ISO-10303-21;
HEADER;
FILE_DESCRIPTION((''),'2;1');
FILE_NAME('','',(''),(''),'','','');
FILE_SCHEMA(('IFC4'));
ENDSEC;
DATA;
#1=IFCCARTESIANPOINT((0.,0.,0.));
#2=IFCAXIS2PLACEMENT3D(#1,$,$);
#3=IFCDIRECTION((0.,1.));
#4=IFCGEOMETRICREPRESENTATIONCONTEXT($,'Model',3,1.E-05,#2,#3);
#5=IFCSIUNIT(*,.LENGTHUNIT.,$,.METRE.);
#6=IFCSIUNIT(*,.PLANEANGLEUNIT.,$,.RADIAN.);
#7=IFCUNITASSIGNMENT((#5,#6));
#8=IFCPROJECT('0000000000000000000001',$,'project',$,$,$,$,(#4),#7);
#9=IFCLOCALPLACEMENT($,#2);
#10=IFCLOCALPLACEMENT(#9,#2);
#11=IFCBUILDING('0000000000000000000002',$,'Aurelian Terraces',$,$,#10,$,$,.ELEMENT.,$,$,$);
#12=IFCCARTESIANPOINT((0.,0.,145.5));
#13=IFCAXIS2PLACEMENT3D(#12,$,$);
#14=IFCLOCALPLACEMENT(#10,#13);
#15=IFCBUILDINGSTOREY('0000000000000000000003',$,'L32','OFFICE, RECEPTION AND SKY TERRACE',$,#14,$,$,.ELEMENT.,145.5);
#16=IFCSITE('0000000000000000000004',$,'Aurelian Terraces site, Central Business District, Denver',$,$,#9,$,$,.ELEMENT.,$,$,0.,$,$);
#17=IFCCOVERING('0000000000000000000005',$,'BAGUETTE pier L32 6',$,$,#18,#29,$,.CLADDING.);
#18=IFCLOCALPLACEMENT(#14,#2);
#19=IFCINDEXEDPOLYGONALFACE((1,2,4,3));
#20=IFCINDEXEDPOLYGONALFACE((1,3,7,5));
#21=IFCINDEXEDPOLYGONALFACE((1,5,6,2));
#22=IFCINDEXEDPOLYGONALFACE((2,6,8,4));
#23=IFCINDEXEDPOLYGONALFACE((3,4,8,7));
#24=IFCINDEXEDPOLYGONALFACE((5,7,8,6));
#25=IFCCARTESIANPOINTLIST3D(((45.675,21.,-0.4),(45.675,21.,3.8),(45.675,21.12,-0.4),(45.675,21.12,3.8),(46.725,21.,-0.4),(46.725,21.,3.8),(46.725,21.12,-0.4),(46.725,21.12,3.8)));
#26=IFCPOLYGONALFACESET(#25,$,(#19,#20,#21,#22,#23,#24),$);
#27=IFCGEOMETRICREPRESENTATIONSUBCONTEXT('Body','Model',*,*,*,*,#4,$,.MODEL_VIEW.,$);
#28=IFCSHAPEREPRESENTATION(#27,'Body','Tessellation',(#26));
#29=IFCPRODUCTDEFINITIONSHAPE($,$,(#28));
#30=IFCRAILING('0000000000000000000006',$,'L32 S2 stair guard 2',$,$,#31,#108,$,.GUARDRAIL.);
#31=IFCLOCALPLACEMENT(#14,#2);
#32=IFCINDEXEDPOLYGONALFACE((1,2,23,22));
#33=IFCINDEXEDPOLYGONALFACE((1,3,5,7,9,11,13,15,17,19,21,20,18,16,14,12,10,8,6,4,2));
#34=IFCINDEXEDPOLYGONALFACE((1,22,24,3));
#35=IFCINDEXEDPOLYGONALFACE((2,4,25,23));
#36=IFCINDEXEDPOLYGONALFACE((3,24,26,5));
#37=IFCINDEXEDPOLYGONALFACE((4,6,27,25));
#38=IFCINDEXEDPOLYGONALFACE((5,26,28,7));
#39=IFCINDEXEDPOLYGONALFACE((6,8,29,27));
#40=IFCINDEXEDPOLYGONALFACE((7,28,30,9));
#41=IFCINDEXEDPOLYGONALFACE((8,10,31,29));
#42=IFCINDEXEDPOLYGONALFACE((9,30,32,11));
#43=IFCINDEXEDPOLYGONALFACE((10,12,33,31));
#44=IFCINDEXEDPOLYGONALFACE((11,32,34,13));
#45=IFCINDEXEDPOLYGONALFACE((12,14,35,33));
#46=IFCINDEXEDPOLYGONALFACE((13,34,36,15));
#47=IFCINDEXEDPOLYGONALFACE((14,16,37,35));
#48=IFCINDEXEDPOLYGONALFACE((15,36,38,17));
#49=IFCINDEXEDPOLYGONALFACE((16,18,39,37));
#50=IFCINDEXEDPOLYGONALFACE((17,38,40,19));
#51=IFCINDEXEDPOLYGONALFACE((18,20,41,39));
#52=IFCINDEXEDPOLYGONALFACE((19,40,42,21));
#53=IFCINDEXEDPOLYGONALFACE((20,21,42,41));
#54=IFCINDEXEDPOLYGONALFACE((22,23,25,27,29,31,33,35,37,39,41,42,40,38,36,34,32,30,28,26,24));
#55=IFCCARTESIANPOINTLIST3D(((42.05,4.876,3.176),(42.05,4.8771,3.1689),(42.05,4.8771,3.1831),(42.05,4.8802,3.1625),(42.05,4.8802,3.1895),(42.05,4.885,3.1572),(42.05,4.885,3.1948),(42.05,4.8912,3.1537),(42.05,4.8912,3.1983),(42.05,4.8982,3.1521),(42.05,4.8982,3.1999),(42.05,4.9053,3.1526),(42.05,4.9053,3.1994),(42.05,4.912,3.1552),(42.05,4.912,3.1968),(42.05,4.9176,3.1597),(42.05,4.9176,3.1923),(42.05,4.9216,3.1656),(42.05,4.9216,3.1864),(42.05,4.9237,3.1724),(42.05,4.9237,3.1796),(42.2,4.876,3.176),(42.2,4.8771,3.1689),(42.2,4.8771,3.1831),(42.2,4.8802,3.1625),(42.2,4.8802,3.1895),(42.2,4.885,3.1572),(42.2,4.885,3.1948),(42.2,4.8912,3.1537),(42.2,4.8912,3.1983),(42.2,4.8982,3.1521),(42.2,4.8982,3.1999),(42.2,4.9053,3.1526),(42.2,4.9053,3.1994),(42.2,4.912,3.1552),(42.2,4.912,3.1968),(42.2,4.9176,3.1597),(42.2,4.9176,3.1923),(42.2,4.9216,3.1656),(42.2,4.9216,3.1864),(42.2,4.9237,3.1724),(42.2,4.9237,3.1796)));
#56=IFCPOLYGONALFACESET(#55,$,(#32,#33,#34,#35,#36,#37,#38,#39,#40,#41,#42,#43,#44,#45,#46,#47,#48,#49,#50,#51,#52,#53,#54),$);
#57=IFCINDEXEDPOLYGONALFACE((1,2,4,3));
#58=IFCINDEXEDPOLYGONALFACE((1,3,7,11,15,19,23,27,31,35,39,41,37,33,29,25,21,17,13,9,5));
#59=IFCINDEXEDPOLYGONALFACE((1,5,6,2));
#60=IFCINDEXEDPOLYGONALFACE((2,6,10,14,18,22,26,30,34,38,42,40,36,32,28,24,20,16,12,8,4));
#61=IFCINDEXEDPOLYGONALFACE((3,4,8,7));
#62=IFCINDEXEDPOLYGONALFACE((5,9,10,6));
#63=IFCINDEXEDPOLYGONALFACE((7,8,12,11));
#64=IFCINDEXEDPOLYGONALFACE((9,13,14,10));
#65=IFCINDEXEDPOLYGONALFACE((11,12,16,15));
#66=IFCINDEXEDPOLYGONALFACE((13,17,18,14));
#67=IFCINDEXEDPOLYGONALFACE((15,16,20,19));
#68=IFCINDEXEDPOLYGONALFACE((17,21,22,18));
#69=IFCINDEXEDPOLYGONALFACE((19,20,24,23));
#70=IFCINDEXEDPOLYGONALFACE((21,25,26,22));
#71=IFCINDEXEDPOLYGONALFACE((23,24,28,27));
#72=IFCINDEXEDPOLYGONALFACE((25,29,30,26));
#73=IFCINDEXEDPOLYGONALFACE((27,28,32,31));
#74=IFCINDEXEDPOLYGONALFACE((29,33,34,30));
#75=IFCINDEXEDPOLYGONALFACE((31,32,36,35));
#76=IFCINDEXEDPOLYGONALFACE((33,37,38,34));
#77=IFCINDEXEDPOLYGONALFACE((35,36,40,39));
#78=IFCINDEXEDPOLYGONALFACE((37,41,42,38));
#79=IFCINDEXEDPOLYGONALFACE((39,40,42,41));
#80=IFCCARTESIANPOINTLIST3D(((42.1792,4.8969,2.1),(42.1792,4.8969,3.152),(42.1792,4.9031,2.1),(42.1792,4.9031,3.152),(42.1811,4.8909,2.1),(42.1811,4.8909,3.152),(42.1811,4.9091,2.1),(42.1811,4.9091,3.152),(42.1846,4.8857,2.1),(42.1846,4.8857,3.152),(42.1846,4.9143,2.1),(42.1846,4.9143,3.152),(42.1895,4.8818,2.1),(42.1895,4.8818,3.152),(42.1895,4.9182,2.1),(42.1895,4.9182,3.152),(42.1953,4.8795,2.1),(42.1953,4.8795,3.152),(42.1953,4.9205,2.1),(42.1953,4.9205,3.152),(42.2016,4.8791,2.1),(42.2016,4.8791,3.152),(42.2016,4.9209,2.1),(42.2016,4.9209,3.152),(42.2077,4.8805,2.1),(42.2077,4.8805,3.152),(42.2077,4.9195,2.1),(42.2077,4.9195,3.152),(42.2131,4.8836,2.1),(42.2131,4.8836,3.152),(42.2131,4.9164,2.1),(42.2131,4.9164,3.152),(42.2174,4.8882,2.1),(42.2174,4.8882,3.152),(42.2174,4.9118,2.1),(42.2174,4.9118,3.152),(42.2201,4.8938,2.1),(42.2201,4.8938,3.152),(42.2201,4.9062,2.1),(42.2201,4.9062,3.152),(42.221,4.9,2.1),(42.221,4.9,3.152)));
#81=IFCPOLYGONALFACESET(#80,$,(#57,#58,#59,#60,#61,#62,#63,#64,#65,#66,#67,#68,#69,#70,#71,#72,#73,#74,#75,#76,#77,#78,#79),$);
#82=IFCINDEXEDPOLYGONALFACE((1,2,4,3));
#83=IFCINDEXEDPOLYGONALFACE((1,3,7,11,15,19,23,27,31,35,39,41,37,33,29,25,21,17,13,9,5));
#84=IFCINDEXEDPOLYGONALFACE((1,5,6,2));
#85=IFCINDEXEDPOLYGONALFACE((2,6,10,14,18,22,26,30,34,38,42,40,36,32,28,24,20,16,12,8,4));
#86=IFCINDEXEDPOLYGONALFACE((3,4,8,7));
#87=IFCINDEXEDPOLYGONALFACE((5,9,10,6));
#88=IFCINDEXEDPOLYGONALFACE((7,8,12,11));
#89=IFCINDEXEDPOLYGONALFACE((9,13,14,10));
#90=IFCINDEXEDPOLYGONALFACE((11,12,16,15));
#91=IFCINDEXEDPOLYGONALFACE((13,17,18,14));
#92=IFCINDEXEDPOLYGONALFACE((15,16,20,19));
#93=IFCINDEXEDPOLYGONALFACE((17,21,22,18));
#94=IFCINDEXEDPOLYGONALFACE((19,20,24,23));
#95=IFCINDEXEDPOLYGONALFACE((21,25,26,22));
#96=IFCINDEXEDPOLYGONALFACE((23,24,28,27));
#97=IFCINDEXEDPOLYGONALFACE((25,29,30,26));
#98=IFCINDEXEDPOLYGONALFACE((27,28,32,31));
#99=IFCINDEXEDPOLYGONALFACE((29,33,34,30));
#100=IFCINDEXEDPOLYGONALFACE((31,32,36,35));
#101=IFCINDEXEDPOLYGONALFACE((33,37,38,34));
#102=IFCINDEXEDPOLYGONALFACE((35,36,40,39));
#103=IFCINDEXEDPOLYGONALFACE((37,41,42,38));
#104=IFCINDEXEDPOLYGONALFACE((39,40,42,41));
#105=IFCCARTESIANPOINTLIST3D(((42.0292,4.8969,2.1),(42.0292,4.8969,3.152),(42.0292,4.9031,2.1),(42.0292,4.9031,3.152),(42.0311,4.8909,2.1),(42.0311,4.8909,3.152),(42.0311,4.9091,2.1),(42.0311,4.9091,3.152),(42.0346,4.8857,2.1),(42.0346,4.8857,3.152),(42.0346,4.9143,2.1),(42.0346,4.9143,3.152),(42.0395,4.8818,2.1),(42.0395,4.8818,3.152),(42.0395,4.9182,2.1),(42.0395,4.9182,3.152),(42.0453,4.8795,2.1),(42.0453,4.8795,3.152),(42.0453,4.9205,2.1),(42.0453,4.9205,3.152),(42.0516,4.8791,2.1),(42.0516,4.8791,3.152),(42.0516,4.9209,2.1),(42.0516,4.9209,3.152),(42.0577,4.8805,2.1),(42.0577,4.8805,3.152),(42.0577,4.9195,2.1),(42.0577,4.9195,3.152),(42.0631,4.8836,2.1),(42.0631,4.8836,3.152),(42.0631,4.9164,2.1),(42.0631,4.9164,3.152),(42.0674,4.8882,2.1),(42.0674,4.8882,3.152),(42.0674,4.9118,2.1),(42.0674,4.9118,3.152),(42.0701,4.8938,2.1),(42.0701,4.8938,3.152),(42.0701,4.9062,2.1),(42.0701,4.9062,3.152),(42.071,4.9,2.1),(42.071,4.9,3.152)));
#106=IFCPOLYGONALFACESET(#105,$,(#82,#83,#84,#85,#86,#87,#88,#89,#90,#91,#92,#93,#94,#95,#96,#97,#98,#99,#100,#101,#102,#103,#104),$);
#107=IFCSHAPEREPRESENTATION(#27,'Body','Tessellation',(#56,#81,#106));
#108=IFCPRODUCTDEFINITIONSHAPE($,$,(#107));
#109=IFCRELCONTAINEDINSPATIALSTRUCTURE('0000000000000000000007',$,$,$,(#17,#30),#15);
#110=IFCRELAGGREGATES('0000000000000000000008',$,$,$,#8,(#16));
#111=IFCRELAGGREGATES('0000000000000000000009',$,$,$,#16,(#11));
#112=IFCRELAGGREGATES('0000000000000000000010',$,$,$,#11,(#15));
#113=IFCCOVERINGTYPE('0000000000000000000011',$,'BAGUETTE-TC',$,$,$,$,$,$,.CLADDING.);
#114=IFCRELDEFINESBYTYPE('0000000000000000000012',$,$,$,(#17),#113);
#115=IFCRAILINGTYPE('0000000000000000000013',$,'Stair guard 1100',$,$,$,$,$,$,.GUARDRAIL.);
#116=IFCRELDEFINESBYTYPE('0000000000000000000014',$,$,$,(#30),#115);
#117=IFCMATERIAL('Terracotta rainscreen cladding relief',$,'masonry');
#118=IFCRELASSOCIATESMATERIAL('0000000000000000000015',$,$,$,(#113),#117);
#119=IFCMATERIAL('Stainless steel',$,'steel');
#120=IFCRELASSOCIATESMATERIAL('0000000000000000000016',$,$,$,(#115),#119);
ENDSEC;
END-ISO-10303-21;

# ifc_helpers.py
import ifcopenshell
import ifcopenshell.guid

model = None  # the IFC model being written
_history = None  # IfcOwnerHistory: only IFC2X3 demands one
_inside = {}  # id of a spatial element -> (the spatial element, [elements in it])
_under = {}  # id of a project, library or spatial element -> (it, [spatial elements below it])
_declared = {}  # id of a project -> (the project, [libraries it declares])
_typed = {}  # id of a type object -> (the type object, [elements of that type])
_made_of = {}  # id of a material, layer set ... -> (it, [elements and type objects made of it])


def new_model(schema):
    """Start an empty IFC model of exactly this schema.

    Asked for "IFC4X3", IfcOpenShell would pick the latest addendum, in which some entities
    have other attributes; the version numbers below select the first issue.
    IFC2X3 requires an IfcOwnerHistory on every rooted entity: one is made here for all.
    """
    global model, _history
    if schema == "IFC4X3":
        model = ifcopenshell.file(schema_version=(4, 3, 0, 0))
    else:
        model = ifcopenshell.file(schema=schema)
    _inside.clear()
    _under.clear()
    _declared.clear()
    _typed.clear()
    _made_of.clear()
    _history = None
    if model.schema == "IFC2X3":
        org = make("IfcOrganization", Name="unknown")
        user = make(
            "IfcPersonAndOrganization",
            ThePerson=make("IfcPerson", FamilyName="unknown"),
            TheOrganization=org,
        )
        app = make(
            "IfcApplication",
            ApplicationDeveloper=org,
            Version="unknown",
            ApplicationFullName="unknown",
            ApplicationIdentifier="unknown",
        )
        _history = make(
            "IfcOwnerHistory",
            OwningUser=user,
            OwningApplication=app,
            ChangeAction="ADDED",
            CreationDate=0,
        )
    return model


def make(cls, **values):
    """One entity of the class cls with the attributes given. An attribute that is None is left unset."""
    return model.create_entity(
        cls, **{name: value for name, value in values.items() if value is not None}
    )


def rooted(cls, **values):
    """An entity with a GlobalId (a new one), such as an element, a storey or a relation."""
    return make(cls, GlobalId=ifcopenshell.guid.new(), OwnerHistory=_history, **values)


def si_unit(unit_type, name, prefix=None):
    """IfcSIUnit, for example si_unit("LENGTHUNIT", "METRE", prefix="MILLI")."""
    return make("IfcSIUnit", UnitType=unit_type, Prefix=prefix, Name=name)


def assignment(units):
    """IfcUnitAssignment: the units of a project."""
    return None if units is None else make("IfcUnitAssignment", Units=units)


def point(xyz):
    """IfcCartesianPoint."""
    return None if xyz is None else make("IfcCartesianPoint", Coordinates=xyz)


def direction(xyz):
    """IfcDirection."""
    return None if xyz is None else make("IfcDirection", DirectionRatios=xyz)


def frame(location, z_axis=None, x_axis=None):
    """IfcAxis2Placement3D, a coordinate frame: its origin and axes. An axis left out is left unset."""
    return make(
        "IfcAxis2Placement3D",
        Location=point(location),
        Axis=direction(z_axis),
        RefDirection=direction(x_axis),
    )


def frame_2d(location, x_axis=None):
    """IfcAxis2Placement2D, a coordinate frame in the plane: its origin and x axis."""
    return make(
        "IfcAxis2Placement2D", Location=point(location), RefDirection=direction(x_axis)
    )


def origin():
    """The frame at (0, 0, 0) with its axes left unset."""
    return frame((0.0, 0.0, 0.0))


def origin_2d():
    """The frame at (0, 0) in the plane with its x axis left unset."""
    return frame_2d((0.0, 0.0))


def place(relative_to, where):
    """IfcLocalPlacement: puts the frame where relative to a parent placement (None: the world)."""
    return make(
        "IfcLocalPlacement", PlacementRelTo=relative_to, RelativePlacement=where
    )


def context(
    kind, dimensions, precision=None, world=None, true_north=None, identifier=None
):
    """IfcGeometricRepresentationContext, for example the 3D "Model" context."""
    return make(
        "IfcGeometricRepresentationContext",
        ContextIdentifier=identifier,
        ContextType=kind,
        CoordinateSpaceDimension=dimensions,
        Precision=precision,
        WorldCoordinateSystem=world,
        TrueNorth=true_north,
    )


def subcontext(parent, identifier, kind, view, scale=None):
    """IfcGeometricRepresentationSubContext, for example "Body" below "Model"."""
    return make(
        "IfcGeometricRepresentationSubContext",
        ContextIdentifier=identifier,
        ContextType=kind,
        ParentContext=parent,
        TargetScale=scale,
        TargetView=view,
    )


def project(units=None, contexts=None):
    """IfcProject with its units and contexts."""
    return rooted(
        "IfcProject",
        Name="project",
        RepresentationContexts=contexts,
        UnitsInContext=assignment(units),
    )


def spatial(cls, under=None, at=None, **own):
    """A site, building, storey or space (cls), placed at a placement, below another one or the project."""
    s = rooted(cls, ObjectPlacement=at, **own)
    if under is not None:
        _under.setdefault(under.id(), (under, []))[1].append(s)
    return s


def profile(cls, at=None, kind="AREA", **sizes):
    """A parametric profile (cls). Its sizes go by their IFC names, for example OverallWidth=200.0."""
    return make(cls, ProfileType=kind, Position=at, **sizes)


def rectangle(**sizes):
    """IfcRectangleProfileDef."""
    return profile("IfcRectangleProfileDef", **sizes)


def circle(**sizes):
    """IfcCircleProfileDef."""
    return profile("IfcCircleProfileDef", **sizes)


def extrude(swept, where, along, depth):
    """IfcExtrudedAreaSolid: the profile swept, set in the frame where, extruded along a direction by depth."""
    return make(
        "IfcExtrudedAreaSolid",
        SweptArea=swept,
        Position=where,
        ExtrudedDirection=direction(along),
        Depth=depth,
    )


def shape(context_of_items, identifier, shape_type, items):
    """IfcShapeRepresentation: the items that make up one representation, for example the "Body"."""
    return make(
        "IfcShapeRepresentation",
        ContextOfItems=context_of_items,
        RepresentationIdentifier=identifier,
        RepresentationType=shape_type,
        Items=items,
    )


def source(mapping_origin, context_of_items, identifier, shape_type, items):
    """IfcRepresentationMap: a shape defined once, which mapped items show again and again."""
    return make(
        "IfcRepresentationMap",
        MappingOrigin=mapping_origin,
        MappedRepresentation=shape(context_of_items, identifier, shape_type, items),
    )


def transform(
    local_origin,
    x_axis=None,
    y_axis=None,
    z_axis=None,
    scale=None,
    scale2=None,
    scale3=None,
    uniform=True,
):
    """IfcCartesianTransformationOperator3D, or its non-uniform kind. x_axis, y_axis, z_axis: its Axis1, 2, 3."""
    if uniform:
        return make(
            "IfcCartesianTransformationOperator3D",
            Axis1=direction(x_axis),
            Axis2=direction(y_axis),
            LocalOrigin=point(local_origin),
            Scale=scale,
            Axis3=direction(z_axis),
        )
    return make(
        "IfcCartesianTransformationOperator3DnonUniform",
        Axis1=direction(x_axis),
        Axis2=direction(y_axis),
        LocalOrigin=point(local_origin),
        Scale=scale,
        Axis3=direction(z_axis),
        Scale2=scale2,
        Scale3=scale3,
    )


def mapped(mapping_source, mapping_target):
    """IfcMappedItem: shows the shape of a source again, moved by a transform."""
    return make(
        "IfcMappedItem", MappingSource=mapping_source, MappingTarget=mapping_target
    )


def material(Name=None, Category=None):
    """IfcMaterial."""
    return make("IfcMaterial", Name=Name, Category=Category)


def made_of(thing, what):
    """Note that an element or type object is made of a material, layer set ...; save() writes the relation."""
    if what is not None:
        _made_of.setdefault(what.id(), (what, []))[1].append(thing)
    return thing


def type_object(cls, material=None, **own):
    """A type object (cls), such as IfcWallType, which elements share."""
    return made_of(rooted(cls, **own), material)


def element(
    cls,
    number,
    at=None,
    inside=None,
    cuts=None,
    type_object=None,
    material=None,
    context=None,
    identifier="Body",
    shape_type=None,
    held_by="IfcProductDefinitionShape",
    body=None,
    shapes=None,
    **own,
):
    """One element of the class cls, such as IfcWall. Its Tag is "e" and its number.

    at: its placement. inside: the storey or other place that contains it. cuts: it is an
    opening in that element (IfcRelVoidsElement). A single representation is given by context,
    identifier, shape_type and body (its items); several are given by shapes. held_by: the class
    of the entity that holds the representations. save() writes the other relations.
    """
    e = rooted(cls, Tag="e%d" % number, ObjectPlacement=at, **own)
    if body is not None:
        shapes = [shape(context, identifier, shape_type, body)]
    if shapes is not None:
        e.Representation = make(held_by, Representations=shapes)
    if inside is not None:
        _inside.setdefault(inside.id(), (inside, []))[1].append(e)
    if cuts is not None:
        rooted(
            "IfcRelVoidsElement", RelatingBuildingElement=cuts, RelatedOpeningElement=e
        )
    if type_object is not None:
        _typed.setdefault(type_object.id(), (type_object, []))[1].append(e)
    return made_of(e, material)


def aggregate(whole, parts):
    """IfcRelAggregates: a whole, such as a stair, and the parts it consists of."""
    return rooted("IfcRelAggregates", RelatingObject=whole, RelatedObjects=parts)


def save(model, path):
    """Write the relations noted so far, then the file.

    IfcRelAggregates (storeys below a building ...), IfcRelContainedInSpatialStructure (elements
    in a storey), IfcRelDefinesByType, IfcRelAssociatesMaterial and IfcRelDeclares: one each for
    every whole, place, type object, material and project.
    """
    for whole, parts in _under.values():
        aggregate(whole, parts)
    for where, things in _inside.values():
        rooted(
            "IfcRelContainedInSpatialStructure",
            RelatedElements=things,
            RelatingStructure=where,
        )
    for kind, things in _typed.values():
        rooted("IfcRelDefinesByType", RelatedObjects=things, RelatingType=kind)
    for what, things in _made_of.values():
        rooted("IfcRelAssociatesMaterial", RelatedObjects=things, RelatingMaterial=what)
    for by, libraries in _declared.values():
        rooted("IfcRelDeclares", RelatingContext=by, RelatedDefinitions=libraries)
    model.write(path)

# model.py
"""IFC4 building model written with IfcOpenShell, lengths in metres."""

from ifc_helpers import new_model, si_unit, direction, frame, origin, origin_2d, place, context, subcontext, project, spatial, rectangle, circle, extrude, source, transform, mapped, material, type_object, element, save


model = new_model("IFC4")

# Units and contexts
model_context = context("Model", 3, precision=1e-05, world=origin(), true_north=direction((0.0, 1.0)))
body_context = subcontext(model_context, "Body", "Model", "MODEL_VIEW")
ifc_project = project(units=[si_unit("LENGTHUNIT", "METRE"), si_unit("PLANEANGLEUNIT", "RADIAN")], contexts=[model_context])

# Site, building, storey
site_placement = place(None, origin())
site = spatial("IfcSite", under=ifc_project, at=site_placement, Name="Aurelian Terraces site, Central Business District, Denver", CompositionType="ELEMENT", RefElevation=0.0)
building_placement = place(site_placement, origin())
building = spatial("IfcBuilding", under=site, at=building_placement, Name="Aurelian Terraces", CompositionType="ELEMENT")
storey_placement = place(building_placement, frame((0.0, 0.0, 145.5)))
storey = spatial("IfcBuildingStorey", under=building, at=storey_placement, Name="L32", Description="OFFICE, RECEPTION AND SKY TERRACE", CompositionType="ELEMENT", Elevation=145.5)

# Covering
ifc_material_1 = material(Name="Terracotta rainscreen cladding relief", Category="masonry")
covering_type = type_object("IfcCoveringType", Name="BAGUETTE-TC", PredefinedType="CLADDING", material=ifc_material_1)
shared_shape_1 = source(origin(), body_context, "Body", "SweptSolid", [
    extrude(rectangle(XDim=1.05, YDim=0.12, at=origin_2d()), origin(), (0.0, 0.0, 1.0), 4.2),
])
covering_placement = place(storey_placement, frame((46.2, 21.06, -0.4), z_axis=(0.0, 0.0, 1.0), x_axis=(1.0, 0.0, 0.0)))
element("IfcCovering", 1, at=covering_placement, inside=storey, type_object=covering_type, Name="BAGUETTE pier L32 6", PredefinedType="CLADDING", context=body_context, shape_type="MappedRepresentation", body=[
    mapped(shared_shape_1, transform((0.0, 0.0, 0.0), scale=1.0)),
])

# Railing
ifc_material_2 = material(Name="Stainless steel", Category="steel")
railing_type = type_object("IfcRailingType", Name="Stair guard 1100", PredefinedType="GUARDRAIL", material=ifc_material_2)
shared_shape_2 = source(origin(), body_context, "Body", "SweptSolid", [
    extrude(circle(Radius=0.024, at=origin_2d()), frame((0.0, 0.0, 1.076), z_axis=(-1.0, 0.0, 0.0), x_axis=(0.0, -1.0, 0.0)), (0.0, 0.0, 1.0), 0.15),
    extrude(circle(Radius=0.021, at=origin_2d()), origin(), (0.0, 0.0, 1.0), 1.052),
    extrude(circle(Radius=0.021, at=origin_2d()), frame((-0.15, 0.0, 0.0)), (0.0, 0.0, 1.0), 1.052),
])
railing_placement = place(storey_placement, frame((42.2, 4.9, 2.1)))
element("IfcRailing", 2, at=railing_placement, inside=storey, type_object=railing_type, Name="L32 S2 stair guard 2", PredefinedType="GUARDRAIL", context=body_context, shape_type="MappedRepresentation", body=[
    mapped(shared_shape_2, transform((0.0, 0.0, 0.0), scale=1.0)),
])

save(model, "model.ifc")
